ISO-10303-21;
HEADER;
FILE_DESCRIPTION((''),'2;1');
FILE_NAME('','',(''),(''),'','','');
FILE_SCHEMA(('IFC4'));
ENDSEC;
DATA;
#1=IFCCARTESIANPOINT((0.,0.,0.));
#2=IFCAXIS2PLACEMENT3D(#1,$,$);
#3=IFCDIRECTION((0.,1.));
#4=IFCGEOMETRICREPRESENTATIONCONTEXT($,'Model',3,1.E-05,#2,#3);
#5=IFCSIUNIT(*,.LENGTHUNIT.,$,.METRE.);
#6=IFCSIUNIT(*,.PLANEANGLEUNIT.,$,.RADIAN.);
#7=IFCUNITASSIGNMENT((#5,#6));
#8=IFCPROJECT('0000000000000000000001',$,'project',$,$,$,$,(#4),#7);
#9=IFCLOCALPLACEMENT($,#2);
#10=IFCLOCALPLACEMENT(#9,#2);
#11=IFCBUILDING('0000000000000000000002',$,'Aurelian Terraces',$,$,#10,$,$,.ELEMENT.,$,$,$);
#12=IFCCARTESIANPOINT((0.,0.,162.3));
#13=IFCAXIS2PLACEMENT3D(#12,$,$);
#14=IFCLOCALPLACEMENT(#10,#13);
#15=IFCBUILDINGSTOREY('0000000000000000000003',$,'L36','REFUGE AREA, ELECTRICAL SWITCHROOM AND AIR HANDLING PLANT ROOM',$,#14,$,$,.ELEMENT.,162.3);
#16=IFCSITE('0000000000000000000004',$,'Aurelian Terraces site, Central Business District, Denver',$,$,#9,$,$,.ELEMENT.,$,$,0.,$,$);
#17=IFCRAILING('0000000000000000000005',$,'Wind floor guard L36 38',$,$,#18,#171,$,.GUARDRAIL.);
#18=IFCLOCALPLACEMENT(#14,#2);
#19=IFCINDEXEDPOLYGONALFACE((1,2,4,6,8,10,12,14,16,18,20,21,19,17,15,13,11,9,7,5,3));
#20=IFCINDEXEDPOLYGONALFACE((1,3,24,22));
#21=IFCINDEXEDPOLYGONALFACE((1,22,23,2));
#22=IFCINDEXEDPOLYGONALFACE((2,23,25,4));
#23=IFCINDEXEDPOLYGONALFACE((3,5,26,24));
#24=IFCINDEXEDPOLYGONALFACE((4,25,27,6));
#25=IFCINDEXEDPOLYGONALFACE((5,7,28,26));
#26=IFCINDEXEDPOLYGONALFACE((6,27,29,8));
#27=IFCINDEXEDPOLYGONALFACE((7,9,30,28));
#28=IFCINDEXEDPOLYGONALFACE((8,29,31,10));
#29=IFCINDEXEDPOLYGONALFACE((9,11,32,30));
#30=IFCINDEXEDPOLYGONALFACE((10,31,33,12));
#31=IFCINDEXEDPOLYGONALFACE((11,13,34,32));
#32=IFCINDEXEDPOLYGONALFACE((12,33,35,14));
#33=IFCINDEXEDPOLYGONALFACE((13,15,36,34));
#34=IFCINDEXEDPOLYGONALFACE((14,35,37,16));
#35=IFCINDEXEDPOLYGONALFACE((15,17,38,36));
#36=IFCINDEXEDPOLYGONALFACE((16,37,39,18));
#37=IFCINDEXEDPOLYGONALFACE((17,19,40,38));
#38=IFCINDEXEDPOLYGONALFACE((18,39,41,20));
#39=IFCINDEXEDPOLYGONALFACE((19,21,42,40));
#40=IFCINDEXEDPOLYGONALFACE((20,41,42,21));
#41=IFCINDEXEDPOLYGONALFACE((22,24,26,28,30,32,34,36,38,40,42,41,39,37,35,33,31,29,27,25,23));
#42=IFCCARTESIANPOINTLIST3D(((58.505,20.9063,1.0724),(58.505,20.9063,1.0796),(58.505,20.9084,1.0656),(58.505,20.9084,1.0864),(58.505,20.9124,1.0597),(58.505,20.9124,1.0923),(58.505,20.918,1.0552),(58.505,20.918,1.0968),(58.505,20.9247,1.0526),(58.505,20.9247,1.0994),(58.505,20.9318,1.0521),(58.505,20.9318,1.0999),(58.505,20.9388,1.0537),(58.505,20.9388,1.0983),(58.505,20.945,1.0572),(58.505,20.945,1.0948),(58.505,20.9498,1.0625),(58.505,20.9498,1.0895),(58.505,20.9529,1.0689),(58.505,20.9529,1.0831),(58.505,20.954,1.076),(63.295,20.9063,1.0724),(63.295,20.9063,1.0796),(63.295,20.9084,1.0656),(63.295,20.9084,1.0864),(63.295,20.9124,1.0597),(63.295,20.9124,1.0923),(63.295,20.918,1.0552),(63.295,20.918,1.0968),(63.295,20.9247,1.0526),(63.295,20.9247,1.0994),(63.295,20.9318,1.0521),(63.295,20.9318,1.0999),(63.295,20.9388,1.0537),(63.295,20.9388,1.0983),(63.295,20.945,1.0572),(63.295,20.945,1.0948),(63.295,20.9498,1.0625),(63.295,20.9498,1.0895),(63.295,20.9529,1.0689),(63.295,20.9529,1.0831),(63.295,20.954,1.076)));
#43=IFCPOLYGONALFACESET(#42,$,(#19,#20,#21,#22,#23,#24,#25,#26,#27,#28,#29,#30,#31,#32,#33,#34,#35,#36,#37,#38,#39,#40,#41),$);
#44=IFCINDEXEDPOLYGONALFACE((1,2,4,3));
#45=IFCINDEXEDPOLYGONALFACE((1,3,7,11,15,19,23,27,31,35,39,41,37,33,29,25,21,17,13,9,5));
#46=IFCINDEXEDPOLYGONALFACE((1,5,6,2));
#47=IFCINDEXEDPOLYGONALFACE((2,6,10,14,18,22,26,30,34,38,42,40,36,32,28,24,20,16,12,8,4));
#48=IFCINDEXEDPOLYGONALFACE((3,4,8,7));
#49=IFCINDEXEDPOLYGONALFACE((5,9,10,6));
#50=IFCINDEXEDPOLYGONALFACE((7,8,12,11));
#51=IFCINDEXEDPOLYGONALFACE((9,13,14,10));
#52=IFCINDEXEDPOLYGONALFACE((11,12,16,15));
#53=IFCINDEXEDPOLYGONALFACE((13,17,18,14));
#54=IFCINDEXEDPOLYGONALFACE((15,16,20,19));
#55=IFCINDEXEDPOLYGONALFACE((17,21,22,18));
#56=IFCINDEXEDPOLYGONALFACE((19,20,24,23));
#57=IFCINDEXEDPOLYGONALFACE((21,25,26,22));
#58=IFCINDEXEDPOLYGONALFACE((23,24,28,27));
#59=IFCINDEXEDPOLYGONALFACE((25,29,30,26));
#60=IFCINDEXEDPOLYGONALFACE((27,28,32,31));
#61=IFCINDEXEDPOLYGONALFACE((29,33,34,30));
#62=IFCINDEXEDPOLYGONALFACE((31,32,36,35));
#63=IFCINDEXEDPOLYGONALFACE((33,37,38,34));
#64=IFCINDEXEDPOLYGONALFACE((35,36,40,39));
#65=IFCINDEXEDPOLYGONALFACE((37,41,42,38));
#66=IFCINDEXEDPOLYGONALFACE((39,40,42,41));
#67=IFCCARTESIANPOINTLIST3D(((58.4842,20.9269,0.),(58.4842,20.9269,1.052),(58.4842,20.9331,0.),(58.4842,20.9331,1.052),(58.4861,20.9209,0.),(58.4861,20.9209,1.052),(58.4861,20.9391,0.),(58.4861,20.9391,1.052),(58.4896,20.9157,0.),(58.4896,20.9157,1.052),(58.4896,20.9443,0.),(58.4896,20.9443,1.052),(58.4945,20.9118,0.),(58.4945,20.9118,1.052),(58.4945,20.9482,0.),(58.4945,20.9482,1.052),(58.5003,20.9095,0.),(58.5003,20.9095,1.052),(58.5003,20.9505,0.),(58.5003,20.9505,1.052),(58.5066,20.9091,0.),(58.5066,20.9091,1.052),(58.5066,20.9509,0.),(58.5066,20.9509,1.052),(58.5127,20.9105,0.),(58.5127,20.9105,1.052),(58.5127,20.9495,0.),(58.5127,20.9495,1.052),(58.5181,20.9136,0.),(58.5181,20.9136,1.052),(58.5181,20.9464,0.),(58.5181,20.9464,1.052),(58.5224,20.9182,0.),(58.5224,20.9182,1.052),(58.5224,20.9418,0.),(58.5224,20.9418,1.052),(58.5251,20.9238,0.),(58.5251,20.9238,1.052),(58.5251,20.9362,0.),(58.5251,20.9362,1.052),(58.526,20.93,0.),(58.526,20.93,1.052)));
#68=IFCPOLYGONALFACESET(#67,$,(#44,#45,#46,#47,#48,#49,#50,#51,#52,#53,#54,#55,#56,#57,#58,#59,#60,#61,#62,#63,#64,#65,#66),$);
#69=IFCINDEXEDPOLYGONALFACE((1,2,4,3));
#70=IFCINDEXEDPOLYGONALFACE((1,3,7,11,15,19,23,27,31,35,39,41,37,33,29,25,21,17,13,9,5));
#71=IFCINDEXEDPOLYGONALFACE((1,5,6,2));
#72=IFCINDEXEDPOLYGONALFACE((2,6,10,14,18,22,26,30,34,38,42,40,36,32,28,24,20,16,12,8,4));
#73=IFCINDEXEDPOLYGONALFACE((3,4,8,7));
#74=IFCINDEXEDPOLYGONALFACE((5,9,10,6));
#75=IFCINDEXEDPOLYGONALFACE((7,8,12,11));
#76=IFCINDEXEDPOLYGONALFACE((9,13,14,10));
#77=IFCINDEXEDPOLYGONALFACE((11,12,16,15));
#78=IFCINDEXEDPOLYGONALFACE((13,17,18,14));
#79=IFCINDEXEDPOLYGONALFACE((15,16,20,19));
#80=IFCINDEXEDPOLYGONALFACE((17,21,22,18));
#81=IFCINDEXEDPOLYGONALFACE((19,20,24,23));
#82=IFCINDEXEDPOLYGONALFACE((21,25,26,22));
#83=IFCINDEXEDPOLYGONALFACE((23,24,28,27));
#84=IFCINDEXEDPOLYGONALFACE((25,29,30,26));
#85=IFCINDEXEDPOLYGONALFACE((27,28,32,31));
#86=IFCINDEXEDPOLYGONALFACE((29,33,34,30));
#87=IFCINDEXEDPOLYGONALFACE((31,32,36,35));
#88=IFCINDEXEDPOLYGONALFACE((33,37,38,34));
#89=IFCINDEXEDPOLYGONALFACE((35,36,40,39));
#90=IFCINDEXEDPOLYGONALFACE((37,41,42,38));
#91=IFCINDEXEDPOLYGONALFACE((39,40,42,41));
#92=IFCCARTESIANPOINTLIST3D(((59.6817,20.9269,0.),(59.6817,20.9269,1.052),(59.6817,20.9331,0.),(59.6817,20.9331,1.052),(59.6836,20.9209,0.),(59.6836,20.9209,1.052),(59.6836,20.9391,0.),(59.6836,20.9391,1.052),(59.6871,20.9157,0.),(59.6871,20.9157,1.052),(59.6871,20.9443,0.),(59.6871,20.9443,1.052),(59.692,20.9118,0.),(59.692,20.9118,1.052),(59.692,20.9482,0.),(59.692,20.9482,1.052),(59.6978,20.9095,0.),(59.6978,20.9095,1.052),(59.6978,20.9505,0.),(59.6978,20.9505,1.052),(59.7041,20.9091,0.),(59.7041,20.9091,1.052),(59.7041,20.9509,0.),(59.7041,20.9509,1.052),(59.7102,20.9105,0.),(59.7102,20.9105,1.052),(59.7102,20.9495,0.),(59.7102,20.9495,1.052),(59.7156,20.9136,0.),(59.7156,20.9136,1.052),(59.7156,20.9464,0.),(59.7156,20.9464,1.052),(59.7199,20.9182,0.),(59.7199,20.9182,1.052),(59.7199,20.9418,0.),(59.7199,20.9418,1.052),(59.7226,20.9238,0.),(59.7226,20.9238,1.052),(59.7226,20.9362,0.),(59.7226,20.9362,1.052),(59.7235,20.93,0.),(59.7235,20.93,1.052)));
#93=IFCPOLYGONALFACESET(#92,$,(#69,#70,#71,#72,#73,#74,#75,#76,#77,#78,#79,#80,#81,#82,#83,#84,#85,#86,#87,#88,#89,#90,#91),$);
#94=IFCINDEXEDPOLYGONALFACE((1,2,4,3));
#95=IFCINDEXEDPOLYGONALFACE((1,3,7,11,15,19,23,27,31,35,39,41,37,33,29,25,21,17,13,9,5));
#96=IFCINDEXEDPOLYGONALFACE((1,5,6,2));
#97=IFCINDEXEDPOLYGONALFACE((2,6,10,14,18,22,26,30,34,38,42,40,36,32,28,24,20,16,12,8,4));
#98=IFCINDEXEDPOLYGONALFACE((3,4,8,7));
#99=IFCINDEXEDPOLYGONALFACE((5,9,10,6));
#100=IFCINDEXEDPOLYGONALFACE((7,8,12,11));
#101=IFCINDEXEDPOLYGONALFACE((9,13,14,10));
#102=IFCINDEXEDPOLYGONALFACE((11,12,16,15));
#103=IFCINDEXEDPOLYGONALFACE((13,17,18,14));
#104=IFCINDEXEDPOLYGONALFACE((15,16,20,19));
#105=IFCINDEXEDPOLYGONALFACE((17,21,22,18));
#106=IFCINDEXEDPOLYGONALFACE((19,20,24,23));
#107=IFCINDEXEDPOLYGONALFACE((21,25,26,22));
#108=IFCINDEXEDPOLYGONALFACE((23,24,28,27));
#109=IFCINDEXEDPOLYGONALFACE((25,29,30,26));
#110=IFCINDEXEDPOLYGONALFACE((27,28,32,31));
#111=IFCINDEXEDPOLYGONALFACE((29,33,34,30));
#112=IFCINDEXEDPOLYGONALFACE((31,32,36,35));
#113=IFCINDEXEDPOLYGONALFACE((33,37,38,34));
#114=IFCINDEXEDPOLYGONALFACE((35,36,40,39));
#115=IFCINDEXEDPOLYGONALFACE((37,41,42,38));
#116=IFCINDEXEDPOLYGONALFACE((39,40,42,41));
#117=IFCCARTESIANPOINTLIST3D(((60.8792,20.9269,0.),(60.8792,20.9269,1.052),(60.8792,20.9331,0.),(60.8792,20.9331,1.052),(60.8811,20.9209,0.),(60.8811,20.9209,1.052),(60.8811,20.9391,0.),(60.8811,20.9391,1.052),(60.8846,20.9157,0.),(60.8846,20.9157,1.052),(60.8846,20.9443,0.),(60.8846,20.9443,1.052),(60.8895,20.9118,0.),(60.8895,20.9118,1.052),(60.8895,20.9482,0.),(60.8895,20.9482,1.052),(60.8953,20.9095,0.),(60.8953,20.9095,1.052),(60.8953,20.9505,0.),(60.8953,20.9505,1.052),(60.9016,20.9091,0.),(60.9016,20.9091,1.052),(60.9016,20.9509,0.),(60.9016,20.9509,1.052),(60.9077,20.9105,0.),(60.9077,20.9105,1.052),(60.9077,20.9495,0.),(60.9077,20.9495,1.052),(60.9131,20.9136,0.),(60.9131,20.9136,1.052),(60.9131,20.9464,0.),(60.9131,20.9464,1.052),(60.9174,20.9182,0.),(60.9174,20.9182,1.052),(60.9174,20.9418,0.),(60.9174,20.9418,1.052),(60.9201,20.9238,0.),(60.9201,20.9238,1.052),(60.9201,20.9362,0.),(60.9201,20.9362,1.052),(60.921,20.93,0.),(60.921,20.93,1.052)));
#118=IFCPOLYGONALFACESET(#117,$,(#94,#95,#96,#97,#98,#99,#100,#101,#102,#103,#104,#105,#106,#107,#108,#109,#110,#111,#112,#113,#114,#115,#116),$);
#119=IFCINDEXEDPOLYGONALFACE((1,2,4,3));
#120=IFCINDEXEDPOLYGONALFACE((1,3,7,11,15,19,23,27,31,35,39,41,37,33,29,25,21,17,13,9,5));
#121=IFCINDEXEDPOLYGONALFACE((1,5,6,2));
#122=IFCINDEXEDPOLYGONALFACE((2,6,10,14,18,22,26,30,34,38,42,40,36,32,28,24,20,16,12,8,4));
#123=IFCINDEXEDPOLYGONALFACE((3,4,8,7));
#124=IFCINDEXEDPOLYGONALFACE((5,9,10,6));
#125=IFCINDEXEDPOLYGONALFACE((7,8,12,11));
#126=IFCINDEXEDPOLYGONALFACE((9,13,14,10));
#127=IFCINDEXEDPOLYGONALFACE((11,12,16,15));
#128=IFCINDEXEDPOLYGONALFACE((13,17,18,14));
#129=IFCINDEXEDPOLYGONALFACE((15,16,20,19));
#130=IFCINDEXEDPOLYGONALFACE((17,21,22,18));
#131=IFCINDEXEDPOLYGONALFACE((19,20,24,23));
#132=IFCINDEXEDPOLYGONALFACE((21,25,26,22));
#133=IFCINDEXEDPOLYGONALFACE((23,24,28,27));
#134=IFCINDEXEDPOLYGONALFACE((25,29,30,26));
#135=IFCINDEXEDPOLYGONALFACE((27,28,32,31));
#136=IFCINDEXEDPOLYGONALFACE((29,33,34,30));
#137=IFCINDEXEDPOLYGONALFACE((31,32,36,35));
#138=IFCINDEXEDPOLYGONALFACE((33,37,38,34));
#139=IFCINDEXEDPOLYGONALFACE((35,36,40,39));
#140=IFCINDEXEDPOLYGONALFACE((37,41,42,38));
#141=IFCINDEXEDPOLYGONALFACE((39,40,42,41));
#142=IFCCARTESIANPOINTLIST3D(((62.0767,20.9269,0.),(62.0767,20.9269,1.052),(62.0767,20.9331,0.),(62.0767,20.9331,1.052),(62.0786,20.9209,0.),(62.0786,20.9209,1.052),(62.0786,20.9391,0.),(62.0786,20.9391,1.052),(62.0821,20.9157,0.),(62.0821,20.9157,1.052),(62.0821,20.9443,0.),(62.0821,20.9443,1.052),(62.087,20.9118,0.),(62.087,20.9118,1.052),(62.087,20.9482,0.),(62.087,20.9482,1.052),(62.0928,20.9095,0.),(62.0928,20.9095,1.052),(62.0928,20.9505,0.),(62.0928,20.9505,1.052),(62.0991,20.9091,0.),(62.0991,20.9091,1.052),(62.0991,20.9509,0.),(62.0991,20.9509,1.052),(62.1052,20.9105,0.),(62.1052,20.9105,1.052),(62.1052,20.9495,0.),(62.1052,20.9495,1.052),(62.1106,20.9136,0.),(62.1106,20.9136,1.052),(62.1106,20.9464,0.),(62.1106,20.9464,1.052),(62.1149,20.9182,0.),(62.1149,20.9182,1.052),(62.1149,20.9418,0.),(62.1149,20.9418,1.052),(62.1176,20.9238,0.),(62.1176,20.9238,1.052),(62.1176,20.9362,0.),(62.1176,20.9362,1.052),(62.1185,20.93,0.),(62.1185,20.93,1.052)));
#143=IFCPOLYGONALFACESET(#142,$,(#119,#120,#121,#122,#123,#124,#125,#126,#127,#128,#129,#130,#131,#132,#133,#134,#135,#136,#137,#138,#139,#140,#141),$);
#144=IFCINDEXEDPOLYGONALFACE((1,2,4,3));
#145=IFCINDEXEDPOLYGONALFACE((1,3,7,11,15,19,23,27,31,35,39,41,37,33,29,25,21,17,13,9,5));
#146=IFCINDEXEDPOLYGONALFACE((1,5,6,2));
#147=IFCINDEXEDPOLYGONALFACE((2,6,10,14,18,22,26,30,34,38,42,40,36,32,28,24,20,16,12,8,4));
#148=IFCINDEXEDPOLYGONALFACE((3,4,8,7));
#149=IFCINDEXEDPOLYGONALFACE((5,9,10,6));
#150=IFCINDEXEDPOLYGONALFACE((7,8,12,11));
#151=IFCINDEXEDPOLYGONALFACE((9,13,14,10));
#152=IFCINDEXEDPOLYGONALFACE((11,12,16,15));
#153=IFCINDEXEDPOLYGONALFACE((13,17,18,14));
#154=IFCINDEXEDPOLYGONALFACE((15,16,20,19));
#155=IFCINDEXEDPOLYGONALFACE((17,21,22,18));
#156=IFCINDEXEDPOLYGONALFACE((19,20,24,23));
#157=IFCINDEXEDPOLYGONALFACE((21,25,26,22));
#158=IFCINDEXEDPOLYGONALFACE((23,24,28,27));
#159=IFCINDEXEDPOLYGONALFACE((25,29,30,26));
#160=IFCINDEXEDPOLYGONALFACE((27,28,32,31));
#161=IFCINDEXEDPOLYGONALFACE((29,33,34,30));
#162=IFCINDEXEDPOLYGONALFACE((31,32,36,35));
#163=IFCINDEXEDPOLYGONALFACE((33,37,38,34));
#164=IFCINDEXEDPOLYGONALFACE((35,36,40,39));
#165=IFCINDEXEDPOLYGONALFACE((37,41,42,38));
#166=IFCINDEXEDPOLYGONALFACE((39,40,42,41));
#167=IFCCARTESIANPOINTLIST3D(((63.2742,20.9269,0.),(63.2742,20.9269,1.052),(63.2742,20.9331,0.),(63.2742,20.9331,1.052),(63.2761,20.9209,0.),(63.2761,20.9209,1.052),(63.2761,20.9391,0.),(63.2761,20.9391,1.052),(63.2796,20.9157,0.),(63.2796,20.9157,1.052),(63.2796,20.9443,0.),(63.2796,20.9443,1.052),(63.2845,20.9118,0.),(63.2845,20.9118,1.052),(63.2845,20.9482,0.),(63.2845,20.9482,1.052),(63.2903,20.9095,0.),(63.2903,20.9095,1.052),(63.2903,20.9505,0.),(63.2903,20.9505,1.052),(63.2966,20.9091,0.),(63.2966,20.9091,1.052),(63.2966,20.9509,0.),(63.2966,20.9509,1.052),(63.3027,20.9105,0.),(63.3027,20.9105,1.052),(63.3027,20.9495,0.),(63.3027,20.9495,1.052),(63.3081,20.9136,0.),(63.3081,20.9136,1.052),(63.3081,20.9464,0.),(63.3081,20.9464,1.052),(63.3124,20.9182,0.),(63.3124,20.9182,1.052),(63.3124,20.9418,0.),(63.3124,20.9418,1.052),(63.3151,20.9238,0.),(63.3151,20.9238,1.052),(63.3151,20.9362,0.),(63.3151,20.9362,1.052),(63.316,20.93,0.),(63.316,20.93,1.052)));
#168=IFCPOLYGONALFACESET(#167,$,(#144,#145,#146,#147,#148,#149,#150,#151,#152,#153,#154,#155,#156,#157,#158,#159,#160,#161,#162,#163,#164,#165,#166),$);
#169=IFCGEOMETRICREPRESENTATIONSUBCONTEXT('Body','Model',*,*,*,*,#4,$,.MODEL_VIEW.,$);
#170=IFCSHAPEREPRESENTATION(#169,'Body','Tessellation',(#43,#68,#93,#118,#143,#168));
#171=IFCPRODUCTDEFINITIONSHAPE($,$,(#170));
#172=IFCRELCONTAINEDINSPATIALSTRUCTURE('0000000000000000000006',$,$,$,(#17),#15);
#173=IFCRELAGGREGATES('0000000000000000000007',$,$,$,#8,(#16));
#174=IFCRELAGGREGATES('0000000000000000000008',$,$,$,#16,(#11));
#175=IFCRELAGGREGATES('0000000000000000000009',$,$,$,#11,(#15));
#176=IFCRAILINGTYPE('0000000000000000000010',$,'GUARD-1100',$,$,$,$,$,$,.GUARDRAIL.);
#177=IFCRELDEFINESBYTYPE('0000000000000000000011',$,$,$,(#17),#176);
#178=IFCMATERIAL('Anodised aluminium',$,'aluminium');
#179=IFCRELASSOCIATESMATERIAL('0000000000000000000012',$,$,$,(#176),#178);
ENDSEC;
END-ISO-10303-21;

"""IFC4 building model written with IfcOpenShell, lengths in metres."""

from ifc_helpers import new_model, si_unit, direction, frame, origin, origin_2d, place, context, subcontext, project, spatial, circle, extrude, source, transform, mapped, material, type_object, element, save


model = new_model("IFC4")

# Units and contexts
model_context = context("Model", 3, precision=1e-05, world=origin(), true_north=direction((0.0, 1.0)))
body_context = subcontext(model_context, "Body", "Model", "MODEL_VIEW")
ifc_project = project(units=[si_unit("LENGTHUNIT", "METRE"), si_unit("PLANEANGLEUNIT", "RADIAN")], contexts=[model_context])

# Site, building, storey
site_placement = place(None, origin())
site = spatial("IfcSite", under=ifc_project, at=site_placement, Name="Aurelian Terraces site, Central Business District, Denver", CompositionType="ELEMENT", RefElevation=0.0)
building_placement = place(site_placement, origin())
building = spatial("IfcBuilding", under=site, at=building_placement, Name="Aurelian Terraces", CompositionType="ELEMENT")
storey_placement = place(building_placement, frame((0.0, 0.0, 162.3)))
storey = spatial("IfcBuildingStorey", under=building, at=storey_placement, Name="L36", Description="REFUGE AREA, ELECTRICAL SWITCHROOM AND AIR HANDLING PLANT ROOM", CompositionType="ELEMENT", Elevation=162.3)

# Railing
ifc_material_1 = material(Name="Anodised aluminium", Category="aluminium")
railing_type = type_object("IfcRailingType", Name="GUARD-1100", PredefinedType="GUARDRAIL", material=ifc_material_1)
shared_shape_1 = source(origin(), body_context, "Body", "SweptSolid", [
    extrude(circle(Radius=0.024, at=origin_2d()), frame((0.0, 0.0, 1.076), z_axis=(1.0, 0.0, 0.0), x_axis=(0.0, 1.0, 0.0)), (0.0, 0.0, 1.0), 4.79),
    extrude(circle(Radius=0.021, at=origin_2d()), origin(), (0.0, 0.0, 1.0), 1.052),
    extrude(circle(Radius=0.021, at=origin_2d()), frame((1.1975, 0.0, 0.0)), (0.0, 0.0, 1.0), 1.052),
    extrude(circle(Radius=0.021, at=origin_2d()), frame((2.395, 0.0, 0.0)), (0.0, 0.0, 1.0), 1.052),
    extrude(circle(Radius=0.021, at=origin_2d()), frame((3.5925, 0.0, 0.0)), (0.0, 0.0, 1.0), 1.052),
    extrude(circle(Radius=0.021, at=origin_2d()), frame((4.79, 0.0, 0.0)), (0.0, 0.0, 1.0), 1.052),
])
for number, where, name in (
    (1, (58.505, 20.93, 0.0), "Wind floor guard L36 38"),
):
    element("IfcRailing", number, at=place(storey_placement, frame(where)), inside=storey, type_object=railing_type, Name=name, PredefinedType="GUARDRAIL", context=body_context, shape_type="MappedRepresentation", body=[
        mapped(shared_shape_1, transform((0.0, 0.0, 0.0), scale=1.0)),
    ])

save(model, "model.ifc")
